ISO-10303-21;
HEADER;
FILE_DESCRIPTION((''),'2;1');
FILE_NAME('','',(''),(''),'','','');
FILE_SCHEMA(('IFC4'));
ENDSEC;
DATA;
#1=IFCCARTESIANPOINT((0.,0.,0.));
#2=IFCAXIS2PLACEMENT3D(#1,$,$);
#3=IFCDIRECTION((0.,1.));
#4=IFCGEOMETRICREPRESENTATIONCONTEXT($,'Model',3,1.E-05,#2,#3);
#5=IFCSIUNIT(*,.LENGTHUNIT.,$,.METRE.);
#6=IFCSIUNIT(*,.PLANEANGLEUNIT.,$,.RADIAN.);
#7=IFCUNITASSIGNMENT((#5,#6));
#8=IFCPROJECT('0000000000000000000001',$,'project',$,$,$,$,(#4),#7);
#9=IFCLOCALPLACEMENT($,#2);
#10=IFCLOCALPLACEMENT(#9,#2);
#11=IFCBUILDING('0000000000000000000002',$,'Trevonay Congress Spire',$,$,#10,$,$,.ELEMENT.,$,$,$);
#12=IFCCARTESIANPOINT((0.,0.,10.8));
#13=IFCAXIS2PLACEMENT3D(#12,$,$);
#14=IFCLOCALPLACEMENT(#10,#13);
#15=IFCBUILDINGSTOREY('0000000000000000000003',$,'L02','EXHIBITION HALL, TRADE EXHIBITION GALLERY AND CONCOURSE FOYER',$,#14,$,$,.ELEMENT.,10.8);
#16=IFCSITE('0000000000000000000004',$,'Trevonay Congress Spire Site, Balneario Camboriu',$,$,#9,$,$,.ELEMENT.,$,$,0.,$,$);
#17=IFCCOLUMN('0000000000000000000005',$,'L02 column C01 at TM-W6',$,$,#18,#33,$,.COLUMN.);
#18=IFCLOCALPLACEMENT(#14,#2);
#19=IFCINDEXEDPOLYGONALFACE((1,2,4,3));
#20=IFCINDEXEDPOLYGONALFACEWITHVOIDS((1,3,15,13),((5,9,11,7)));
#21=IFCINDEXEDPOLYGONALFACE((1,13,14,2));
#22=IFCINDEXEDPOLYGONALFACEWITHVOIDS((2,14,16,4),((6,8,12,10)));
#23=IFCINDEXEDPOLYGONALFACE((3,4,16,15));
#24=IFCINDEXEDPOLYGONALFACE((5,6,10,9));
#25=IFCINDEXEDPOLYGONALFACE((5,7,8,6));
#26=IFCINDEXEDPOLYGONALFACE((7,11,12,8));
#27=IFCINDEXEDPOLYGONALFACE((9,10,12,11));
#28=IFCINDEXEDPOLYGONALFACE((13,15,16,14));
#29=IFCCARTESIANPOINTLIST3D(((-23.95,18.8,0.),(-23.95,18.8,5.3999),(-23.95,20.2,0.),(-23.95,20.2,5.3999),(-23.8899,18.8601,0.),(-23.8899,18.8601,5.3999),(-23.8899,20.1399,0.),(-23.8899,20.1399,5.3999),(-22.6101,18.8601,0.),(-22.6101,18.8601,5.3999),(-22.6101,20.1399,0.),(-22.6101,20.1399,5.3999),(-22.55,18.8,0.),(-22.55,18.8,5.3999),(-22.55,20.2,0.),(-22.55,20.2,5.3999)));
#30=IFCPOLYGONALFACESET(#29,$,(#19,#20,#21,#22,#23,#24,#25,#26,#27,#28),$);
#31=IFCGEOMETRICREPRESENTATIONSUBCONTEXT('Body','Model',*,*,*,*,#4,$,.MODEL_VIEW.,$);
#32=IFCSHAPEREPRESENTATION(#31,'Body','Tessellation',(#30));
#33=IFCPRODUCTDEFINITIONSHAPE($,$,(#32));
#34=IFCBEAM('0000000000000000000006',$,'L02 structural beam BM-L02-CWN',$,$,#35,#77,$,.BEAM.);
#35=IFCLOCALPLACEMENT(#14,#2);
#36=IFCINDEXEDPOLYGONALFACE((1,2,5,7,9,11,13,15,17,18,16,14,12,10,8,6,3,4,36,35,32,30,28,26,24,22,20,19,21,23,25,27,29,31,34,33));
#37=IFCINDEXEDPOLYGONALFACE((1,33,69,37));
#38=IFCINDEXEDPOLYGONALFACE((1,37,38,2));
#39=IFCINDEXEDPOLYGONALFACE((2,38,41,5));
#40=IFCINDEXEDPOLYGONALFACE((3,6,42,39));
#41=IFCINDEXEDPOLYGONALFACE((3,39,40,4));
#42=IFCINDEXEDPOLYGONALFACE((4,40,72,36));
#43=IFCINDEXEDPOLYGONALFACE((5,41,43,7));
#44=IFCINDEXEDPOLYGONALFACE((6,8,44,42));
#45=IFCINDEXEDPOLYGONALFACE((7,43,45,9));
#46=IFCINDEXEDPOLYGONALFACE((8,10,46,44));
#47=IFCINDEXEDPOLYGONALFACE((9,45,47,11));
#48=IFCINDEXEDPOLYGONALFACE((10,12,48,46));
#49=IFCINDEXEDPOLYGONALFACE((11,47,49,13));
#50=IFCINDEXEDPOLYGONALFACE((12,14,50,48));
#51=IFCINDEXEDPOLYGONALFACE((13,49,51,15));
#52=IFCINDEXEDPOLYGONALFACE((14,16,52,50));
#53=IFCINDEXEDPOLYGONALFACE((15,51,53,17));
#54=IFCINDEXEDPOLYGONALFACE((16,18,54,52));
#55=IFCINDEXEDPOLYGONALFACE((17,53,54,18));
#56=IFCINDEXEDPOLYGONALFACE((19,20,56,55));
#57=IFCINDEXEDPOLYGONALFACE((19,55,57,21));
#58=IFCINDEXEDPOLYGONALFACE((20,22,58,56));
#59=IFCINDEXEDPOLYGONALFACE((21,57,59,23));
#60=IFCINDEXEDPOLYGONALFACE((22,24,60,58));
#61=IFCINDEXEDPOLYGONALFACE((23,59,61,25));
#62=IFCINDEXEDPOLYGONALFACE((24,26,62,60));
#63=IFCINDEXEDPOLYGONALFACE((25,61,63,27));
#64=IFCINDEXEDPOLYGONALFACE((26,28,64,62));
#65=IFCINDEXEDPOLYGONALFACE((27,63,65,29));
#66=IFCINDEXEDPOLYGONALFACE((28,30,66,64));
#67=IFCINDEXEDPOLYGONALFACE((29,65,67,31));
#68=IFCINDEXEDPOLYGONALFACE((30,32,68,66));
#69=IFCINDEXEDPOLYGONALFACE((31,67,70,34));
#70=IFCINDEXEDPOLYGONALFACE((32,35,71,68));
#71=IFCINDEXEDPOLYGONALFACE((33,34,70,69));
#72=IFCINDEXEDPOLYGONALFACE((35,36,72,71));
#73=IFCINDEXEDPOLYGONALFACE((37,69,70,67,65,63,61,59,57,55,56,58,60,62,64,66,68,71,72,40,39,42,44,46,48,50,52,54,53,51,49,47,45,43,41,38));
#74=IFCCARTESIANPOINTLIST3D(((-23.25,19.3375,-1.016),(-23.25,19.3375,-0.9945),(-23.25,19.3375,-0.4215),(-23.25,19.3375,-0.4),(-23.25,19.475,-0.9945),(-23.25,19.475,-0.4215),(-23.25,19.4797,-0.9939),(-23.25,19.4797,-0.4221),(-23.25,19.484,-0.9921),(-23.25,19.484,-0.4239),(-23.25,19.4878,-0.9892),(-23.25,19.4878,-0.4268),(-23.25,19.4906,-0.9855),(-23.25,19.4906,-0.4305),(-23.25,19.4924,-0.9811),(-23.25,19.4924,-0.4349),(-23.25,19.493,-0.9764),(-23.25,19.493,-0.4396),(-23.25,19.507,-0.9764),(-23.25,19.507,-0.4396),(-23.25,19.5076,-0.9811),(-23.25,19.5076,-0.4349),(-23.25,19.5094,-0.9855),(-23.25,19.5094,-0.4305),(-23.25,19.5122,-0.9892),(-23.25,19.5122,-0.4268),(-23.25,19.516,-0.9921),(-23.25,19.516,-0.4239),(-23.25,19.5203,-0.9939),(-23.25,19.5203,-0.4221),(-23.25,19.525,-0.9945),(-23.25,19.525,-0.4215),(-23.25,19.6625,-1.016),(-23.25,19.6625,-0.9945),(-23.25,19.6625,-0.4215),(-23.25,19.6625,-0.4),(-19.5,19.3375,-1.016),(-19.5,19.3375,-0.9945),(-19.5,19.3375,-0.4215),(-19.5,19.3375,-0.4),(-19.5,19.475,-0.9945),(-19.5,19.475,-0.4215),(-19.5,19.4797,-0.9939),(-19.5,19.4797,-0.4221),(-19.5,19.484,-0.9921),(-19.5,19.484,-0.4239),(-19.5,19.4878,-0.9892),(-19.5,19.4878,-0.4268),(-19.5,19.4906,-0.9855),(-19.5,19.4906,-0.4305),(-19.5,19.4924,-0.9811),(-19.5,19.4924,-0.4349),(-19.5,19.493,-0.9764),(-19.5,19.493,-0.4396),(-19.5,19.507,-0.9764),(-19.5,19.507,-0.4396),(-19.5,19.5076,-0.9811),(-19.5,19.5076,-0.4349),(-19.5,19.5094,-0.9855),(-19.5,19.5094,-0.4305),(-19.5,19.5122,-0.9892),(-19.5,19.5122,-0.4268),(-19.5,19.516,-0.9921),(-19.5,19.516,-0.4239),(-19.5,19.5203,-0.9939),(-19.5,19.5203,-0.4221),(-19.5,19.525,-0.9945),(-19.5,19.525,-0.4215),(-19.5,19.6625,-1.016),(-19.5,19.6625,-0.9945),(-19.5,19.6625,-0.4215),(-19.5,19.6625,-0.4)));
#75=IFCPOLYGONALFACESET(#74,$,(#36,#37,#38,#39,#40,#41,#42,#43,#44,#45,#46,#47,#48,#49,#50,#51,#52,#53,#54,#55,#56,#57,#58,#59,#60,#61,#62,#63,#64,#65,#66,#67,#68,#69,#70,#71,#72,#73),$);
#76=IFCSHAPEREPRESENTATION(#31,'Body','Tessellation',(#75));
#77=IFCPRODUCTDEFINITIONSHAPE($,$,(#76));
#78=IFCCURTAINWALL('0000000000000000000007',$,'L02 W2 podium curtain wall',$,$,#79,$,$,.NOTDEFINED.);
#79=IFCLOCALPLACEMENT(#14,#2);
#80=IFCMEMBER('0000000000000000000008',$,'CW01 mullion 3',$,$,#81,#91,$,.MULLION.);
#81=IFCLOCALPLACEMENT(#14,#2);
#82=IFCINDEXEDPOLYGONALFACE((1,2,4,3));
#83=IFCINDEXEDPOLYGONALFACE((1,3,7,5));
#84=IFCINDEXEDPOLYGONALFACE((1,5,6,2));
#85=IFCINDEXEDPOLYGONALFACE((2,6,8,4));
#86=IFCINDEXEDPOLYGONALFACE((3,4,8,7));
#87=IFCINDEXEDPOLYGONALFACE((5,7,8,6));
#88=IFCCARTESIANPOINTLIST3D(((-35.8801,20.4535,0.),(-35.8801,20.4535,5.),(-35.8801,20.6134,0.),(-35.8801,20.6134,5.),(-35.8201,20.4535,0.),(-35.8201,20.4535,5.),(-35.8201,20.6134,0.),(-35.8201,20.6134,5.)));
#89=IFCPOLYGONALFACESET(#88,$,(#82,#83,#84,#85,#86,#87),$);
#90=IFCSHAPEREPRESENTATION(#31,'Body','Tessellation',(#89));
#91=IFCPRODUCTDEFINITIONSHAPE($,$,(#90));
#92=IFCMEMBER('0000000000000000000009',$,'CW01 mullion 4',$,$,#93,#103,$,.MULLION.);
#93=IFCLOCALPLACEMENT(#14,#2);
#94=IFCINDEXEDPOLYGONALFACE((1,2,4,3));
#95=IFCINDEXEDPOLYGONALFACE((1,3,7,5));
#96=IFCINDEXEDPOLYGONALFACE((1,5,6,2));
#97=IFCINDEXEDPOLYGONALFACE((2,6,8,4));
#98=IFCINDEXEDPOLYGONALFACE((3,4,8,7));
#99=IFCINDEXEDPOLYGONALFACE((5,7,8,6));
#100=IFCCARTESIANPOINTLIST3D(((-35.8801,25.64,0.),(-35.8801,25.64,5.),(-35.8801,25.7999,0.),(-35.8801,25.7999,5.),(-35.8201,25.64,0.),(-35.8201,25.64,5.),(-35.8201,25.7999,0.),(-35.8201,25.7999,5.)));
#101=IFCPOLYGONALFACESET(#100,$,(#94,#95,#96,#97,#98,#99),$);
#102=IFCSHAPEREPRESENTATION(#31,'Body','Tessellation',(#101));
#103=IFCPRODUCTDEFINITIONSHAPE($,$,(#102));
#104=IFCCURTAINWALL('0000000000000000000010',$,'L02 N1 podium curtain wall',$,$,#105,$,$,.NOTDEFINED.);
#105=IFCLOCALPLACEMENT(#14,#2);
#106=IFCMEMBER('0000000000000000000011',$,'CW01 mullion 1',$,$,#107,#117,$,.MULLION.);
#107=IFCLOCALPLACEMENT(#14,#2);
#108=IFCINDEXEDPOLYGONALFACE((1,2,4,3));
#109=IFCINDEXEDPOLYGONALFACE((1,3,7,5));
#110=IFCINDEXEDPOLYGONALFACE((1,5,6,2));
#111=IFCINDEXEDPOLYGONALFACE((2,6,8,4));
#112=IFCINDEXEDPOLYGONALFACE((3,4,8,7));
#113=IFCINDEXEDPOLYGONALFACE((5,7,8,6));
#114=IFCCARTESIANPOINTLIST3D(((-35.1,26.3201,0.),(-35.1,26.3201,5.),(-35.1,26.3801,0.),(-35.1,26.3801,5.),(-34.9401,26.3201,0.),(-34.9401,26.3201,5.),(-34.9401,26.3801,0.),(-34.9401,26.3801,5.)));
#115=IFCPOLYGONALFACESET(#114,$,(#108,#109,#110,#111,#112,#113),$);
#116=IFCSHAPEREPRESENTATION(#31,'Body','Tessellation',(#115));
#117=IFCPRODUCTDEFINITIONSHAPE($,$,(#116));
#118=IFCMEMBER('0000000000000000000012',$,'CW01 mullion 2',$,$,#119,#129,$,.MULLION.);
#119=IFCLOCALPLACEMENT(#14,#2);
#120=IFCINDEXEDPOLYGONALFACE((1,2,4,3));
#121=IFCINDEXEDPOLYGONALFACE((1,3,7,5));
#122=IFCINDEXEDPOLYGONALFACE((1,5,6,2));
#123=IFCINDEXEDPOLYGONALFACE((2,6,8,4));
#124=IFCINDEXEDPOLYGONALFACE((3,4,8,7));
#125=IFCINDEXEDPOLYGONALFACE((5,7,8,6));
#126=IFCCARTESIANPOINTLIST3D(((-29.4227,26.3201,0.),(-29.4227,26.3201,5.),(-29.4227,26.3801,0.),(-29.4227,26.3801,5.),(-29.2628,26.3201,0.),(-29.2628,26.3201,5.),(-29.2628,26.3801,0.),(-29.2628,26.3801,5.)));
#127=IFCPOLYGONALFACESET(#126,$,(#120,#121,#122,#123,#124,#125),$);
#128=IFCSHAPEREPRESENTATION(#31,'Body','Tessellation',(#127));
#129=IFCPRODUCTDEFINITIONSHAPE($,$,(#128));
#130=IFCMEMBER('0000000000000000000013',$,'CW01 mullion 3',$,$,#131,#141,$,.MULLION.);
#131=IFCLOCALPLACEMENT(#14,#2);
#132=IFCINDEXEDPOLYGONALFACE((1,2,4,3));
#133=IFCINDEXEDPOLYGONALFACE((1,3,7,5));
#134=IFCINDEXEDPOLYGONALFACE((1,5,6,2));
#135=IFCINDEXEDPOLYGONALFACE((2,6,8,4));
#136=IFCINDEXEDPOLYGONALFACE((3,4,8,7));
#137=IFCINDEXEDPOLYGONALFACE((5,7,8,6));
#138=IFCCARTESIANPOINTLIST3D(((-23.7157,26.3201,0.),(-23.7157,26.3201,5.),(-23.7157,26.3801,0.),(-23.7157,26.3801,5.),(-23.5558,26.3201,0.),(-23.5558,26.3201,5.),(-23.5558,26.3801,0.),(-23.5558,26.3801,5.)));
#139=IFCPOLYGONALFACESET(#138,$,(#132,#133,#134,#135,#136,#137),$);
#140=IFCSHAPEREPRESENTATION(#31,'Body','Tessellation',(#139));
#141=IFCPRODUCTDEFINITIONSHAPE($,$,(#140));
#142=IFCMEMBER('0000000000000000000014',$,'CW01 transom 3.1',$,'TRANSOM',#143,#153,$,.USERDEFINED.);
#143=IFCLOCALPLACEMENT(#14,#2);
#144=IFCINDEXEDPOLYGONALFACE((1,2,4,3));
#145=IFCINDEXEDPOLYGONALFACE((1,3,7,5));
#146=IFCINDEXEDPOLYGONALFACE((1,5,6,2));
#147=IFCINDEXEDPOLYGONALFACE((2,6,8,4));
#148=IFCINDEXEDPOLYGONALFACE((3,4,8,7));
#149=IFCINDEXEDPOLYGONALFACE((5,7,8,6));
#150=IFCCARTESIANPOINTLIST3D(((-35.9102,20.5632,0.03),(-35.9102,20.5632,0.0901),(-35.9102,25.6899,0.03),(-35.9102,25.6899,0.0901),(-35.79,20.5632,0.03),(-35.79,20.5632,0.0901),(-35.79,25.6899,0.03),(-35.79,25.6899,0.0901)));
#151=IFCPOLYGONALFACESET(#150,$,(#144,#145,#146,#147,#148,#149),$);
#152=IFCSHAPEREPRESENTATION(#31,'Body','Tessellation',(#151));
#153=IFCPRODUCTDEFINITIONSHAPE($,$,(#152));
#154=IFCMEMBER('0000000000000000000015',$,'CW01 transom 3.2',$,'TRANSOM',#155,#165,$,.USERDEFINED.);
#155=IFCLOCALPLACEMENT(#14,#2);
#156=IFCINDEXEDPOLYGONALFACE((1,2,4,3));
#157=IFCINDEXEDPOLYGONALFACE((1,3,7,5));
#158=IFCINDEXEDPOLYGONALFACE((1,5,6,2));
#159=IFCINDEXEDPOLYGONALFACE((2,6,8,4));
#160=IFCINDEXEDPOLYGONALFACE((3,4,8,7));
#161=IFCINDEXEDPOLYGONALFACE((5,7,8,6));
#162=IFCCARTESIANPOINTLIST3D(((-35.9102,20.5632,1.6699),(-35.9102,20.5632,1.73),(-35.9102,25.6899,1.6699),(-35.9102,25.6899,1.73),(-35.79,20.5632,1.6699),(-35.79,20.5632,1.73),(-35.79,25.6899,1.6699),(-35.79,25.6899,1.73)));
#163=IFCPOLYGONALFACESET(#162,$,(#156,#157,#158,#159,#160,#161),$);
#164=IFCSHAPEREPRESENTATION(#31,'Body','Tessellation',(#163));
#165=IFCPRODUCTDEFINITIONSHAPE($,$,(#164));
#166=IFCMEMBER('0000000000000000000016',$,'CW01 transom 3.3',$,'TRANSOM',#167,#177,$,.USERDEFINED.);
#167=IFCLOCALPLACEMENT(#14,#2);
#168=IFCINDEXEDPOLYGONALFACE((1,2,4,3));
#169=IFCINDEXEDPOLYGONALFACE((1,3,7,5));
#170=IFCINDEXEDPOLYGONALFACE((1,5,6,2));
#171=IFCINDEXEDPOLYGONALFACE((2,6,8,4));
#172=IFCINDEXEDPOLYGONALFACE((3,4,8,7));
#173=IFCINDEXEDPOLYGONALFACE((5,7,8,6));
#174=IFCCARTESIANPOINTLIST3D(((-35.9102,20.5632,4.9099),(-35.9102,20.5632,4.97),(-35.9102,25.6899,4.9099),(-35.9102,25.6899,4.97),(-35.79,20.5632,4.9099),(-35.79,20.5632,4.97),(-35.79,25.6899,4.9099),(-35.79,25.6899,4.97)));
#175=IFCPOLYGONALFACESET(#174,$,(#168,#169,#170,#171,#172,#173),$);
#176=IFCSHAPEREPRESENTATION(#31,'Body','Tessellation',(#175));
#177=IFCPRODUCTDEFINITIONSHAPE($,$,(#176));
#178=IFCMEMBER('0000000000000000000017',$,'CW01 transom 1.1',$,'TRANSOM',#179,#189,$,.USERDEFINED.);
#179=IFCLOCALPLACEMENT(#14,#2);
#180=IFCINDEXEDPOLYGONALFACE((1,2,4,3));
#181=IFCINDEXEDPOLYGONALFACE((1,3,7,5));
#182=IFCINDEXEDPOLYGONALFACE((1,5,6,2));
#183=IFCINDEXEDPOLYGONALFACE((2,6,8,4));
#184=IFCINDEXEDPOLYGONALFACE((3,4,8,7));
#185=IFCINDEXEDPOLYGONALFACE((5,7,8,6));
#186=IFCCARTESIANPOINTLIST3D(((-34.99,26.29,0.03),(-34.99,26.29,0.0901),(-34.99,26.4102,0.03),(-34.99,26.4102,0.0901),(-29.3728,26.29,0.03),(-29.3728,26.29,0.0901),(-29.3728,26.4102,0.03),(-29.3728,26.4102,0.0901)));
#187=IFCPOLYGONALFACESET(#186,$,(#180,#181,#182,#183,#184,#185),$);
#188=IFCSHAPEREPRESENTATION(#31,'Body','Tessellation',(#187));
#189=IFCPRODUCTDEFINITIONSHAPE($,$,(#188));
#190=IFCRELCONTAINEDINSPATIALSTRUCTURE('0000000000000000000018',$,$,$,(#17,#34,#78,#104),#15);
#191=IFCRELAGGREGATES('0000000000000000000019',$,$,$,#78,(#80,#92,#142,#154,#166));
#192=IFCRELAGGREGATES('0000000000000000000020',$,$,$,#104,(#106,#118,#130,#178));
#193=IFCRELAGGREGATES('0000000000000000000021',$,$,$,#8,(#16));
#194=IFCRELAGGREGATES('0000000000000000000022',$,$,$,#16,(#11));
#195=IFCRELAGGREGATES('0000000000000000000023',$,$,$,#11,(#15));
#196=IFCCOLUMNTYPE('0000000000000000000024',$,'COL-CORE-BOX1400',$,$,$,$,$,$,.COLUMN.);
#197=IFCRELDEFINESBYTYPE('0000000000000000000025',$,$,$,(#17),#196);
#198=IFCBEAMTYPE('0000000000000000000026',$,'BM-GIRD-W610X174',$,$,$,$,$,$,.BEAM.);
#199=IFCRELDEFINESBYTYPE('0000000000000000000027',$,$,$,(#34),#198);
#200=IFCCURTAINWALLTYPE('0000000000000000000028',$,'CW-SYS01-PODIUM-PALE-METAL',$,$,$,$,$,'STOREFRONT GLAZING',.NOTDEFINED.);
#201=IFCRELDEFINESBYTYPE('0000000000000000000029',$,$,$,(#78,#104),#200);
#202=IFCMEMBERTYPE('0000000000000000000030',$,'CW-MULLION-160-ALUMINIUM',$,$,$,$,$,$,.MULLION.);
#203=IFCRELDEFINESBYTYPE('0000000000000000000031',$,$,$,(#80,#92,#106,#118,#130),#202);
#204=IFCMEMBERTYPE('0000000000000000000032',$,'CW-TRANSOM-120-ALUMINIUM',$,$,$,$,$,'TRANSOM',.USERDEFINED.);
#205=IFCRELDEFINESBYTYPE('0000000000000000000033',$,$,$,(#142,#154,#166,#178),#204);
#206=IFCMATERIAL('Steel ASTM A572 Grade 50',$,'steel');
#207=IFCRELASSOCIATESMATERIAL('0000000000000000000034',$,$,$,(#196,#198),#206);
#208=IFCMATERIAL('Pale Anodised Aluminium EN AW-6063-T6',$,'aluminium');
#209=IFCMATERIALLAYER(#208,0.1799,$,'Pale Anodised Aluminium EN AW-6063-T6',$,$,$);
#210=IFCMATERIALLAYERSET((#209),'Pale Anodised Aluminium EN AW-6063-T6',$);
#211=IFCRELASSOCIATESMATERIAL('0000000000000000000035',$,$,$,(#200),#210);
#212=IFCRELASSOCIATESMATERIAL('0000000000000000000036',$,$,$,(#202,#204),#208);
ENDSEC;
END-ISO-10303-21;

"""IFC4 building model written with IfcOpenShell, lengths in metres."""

from ifc_helpers import new_model, si_unit, direction, frame, origin, origin_2d, place, context, subcontext, project, spatial, rectangle, hollow_rectangle, i_section, extrude, material, layer, layer_set, material_profile, profile_set, type_object, element, aggregate, save


model = new_model("IFC4")

# Units and contexts
model_context = context("Model", 3, precision=1e-05, world=origin(), true_north=direction((0.0, 1.0)))
body_context = subcontext(model_context, "Body", "Model", "MODEL_VIEW")
ifc_project = project(units=[si_unit("LENGTHUNIT", "METRE"), si_unit("PLANEANGLEUNIT", "RADIAN")], contexts=[model_context])

# Site, building, storey
site_placement = place(None, origin())
site = spatial("IfcSite", under=ifc_project, at=site_placement, Name="Trevonay Congress Spire Site, Balneario Camboriu", CompositionType="ELEMENT", RefElevation=0.0)
building_placement = place(site_placement, origin())
building = spatial("IfcBuilding", under=site, at=building_placement, Name="Trevonay Congress Spire", CompositionType="ELEMENT")
storey_placement = place(building_placement, frame((0.0, 0.0, 10.8)))
storey = spatial("IfcBuildingStorey", under=building, at=storey_placement, Name="L02", Description="EXHIBITION HALL, TRADE EXHIBITION GALLERY AND CONCOURSE FOYER", CompositionType="ELEMENT", Elevation=10.8)

# Column
ifc_material_1 = material(Name="Steel ASTM A572 Grade 50", Category="steel")
ifc_material_profile_1 = material_profile(ifc_material_1, hollow_rectangle(XDim=1.3999, YDim=1.3999, WallThickness=0.0601, at=origin_2d()), Name="BOX 1400x1400x60")
ifc_profile_set_1 = profile_set([ifc_material_profile_1], Name="Steel ASTM A572 Grade 50")
column_type = type_object("IfcColumnType", Name="COL-CORE-BOX1400", PredefinedType="COLUMN", material=ifc_profile_set_1)
column_placement = place(storey_placement, frame((-23.25, 19.5, 0.0), z_axis=(0.0, 0.0, 1.0), x_axis=(1.0, 0.0, 0.0)))
element("IfcColumn", 1, at=column_placement, inside=storey, type_object=column_type, Name="L02 column C01 at TM-W6", PredefinedType="COLUMN", context=body_context, shape_type="SweptSolid", body=[
    extrude(hollow_rectangle(XDim=1.3999, YDim=1.3999, WallThickness=0.0601, at=origin_2d()), origin(), (0.0, 0.0, 1.0), 5.3999),
])

# Beam
ifc_material_profile_2 = material_profile(ifc_material_1, i_section(OverallWidth=0.325, OverallDepth=0.616, WebThickness=0.0139, FlangeThickness=0.0215, FilletRadius=0.0181, at=origin_2d()), Name="W610x174")
ifc_profile_set_2 = profile_set([ifc_material_profile_2], Name="Steel ASTM A572 Grade 50")
beam_type = type_object("IfcBeamType", Name="BM-GIRD-W610X174", PredefinedType="BEAM", material=ifc_profile_set_2)
beam_placement = place(storey_placement, frame((-23.25, 19.5, -0.708), z_axis=(1.0, 0.0, 0.0), x_axis=(0.0, 1.0, 0.0)))
element("IfcBeam", 2, at=beam_placement, inside=storey, type_object=beam_type, Name="L02 structural beam BM-L02-CWN", PredefinedType="BEAM", context=body_context, shape_type="SweptSolid", body=[
    extrude(i_section(OverallWidth=0.325, OverallDepth=0.616, WebThickness=0.0139, FlangeThickness=0.0215, FilletRadius=0.0181, at=origin_2d()), origin(), (0.0, 0.0, 1.0), 3.75),
])

# Curtain walls, members
ifc_material_2 = material(Name="Pale Anodised Aluminium EN AW-6063-T6", Category="aluminium")
ifc_layer_1 = layer(ifc_material_2, 0.1799, Name="Pale Anodised Aluminium EN AW-6063-T6")
ifc_layer_set_1 = layer_set([ifc_layer_1], Name="Pale Anodised Aluminium EN AW-6063-T6")
curtain_wall_type = type_object("IfcCurtainWallType", Name="CW-SYS01-PODIUM-PALE-METAL", ElementType="STOREFRONT GLAZING", PredefinedType="NOTDEFINED", material=ifc_layer_set_1)
curtain_wall_1_placement = place(storey_placement, origin())
curtain_wall_1 = element("IfcCurtainWall", 3, at=curtain_wall_1_placement, inside=storey, type_object=curtain_wall_type, Name="L02 W2 podium curtain wall", PredefinedType="NOTDEFINED")
ifc_material_profile_3 = material_profile(ifc_material_2, rectangle(XDim=0.0601, YDim=0.1599, at=origin_2d()), Name="CW-MULLION-160-ALUMINIUM")
ifc_profile_set_3 = profile_set([ifc_material_profile_3], Name="Pale Anodised Aluminium EN AW-6063-T6")
member_type_1 = type_object("IfcMemberType", Name="CW-MULLION-160-ALUMINIUM", PredefinedType="MULLION", material=ifc_profile_set_3)
member_1_placement = place(storey_placement, frame((-35.8501, 20.5334, 0.0), z_axis=(0.0, 0.0, 1.0), x_axis=(-1.0, 0.0, 0.0)))
member_1 = element("IfcMember", 4, at=member_1_placement, type_object=member_type_1, Name="CW01 mullion 3", PredefinedType="MULLION", context=body_context, shape_type="SweptSolid", body=[
    extrude(rectangle(XDim=0.0601, YDim=0.1599, at=origin_2d()), origin(), (0.0, 0.0, 1.0), 5.0),
])
member_2_placement = place(storey_placement, frame((-35.8501, 25.72, 0.0), z_axis=(0.0, 0.0, 1.0), x_axis=(-1.0, 0.0, 0.0)))
member_2 = element("IfcMember", 5, at=member_2_placement, type_object=member_type_1, Name="CW01 mullion 4", PredefinedType="MULLION", context=body_context, shape_type="SweptSolid", body=[
    extrude(rectangle(XDim=0.0601, YDim=0.1599, at=origin_2d()), origin(), (0.0, 0.0, 1.0), 5.0),
])
curtain_wall_2_placement = place(storey_placement, origin())
curtain_wall_2 = element("IfcCurtainWall", 6, at=curtain_wall_2_placement, inside=storey, type_object=curtain_wall_type, Name="L02 N1 podium curtain wall", PredefinedType="NOTDEFINED")
member_3_placement = place(storey_placement, frame((-35.02, 26.3501, 0.0), z_axis=(0.0, 0.0, 1.0), x_axis=(0.0, 1.0, 0.0)))
member_3 = element("IfcMember", 7, at=member_3_placement, type_object=member_type_1, Name="CW01 mullion 1", PredefinedType="MULLION", context=body_context, shape_type="SweptSolid", body=[
    extrude(rectangle(XDim=0.0601, YDim=0.1599, at=origin_2d()), origin(), (0.0, 0.0, 1.0), 5.0),
])
member_4_placement = place(storey_placement, frame((-29.3428, 26.3501, 0.0), z_axis=(0.0, 0.0, 1.0), x_axis=(0.0, 1.0, 0.0)))
member_4 = element("IfcMember", 8, at=member_4_placement, type_object=member_type_1, Name="CW01 mullion 2", PredefinedType="MULLION", context=body_context, shape_type="SweptSolid", body=[
    extrude(rectangle(XDim=0.0601, YDim=0.1599, at=origin_2d()), origin(), (0.0, 0.0, 1.0), 5.0),
])
member_5_placement = place(storey_placement, frame((-23.6357, 26.3501, 0.0), z_axis=(0.0, 0.0, 1.0), x_axis=(0.0, 1.0, 0.0)))
member_5 = element("IfcMember", 9, at=member_5_placement, type_object=member_type_1, Name="CW01 mullion 3", PredefinedType="MULLION", context=body_context, shape_type="SweptSolid", body=[
    extrude(rectangle(XDim=0.0601, YDim=0.1599, at=origin_2d()), origin(), (0.0, 0.0, 1.0), 5.0),
])

# Members
ifc_material_profile_4 = material_profile(ifc_material_2, rectangle(XDim=0.1201, YDim=0.0601, at=origin_2d()), Name="CW-TRANSOM-120-ALUMINIUM")
ifc_profile_set_4 = profile_set([ifc_material_profile_4], Name="Pale Anodised Aluminium EN AW-6063-T6")
member_type_2 = type_object("IfcMemberType", Name="CW-TRANSOM-120-ALUMINIUM", ElementType="TRANSOM", PredefinedType="USERDEFINED", material=ifc_profile_set_4)
member_6_placement = place(storey_placement, frame((-35.8501, 20.5632, 0.0601), z_axis=(0.0, 1.0, 0.0), x_axis=(-1.0, 0.0, 0.0)))
member_6 = element("IfcMember", 10, at=member_6_placement, type_object=member_type_2, Name="CW01 transom 3.1", ObjectType="TRANSOM", PredefinedType="USERDEFINED", context=body_context, shape_type="SweptSolid", body=[
    extrude(rectangle(XDim=0.1201, YDim=0.0601, at=origin_2d()), origin(), (0.0, 0.0, 1.0), 5.1267),
])
member_7_placement = place(storey_placement, frame((-35.8501, 20.5632, 1.7), z_axis=(0.0, 1.0, 0.0), x_axis=(-1.0, 0.0, 0.0)))
member_7 = element("IfcMember", 11, at=member_7_placement, type_object=member_type_2, Name="CW01 transom 3.2", ObjectType="TRANSOM", PredefinedType="USERDEFINED", context=body_context, shape_type="SweptSolid", body=[
    extrude(rectangle(XDim=0.1201, YDim=0.0601, at=origin_2d()), origin(), (0.0, 0.0, 1.0), 5.1267),
])
member_8_placement = place(storey_placement, frame((-35.8501, 20.5632, 4.9399), z_axis=(0.0, 1.0, 0.0), x_axis=(-1.0, 0.0, 0.0)))
member_8 = element("IfcMember", 12, at=member_8_placement, type_object=member_type_2, Name="CW01 transom 3.3", ObjectType="TRANSOM", PredefinedType="USERDEFINED", context=body_context, shape_type="SweptSolid", body=[
    extrude(rectangle(XDim=0.1201, YDim=0.0601, at=origin_2d()), origin(), (0.0, 0.0, 1.0), 5.1267),
])
member_9_placement = place(storey_placement, frame((-34.99, 26.3501, 0.0601), z_axis=(1.0, 0.0, 0.0), x_axis=(0.0, 1.0, 0.0)))
member_9 = element("IfcMember", 13, at=member_9_placement, type_object=member_type_2, Name="CW01 transom 1.1", ObjectType="TRANSOM", PredefinedType="USERDEFINED", context=body_context, shape_type="SweptSolid", body=[
    extrude(rectangle(XDim=0.1201, YDim=0.0601, at=origin_2d()), origin(), (0.0, 0.0, 1.0), 5.6172),
])

aggregate(curtain_wall_1, [member_1, member_2, member_6, member_7, member_8])
aggregate(curtain_wall_2, [member_3, member_4, member_5, member_9])

save(model, "model.ifc")
